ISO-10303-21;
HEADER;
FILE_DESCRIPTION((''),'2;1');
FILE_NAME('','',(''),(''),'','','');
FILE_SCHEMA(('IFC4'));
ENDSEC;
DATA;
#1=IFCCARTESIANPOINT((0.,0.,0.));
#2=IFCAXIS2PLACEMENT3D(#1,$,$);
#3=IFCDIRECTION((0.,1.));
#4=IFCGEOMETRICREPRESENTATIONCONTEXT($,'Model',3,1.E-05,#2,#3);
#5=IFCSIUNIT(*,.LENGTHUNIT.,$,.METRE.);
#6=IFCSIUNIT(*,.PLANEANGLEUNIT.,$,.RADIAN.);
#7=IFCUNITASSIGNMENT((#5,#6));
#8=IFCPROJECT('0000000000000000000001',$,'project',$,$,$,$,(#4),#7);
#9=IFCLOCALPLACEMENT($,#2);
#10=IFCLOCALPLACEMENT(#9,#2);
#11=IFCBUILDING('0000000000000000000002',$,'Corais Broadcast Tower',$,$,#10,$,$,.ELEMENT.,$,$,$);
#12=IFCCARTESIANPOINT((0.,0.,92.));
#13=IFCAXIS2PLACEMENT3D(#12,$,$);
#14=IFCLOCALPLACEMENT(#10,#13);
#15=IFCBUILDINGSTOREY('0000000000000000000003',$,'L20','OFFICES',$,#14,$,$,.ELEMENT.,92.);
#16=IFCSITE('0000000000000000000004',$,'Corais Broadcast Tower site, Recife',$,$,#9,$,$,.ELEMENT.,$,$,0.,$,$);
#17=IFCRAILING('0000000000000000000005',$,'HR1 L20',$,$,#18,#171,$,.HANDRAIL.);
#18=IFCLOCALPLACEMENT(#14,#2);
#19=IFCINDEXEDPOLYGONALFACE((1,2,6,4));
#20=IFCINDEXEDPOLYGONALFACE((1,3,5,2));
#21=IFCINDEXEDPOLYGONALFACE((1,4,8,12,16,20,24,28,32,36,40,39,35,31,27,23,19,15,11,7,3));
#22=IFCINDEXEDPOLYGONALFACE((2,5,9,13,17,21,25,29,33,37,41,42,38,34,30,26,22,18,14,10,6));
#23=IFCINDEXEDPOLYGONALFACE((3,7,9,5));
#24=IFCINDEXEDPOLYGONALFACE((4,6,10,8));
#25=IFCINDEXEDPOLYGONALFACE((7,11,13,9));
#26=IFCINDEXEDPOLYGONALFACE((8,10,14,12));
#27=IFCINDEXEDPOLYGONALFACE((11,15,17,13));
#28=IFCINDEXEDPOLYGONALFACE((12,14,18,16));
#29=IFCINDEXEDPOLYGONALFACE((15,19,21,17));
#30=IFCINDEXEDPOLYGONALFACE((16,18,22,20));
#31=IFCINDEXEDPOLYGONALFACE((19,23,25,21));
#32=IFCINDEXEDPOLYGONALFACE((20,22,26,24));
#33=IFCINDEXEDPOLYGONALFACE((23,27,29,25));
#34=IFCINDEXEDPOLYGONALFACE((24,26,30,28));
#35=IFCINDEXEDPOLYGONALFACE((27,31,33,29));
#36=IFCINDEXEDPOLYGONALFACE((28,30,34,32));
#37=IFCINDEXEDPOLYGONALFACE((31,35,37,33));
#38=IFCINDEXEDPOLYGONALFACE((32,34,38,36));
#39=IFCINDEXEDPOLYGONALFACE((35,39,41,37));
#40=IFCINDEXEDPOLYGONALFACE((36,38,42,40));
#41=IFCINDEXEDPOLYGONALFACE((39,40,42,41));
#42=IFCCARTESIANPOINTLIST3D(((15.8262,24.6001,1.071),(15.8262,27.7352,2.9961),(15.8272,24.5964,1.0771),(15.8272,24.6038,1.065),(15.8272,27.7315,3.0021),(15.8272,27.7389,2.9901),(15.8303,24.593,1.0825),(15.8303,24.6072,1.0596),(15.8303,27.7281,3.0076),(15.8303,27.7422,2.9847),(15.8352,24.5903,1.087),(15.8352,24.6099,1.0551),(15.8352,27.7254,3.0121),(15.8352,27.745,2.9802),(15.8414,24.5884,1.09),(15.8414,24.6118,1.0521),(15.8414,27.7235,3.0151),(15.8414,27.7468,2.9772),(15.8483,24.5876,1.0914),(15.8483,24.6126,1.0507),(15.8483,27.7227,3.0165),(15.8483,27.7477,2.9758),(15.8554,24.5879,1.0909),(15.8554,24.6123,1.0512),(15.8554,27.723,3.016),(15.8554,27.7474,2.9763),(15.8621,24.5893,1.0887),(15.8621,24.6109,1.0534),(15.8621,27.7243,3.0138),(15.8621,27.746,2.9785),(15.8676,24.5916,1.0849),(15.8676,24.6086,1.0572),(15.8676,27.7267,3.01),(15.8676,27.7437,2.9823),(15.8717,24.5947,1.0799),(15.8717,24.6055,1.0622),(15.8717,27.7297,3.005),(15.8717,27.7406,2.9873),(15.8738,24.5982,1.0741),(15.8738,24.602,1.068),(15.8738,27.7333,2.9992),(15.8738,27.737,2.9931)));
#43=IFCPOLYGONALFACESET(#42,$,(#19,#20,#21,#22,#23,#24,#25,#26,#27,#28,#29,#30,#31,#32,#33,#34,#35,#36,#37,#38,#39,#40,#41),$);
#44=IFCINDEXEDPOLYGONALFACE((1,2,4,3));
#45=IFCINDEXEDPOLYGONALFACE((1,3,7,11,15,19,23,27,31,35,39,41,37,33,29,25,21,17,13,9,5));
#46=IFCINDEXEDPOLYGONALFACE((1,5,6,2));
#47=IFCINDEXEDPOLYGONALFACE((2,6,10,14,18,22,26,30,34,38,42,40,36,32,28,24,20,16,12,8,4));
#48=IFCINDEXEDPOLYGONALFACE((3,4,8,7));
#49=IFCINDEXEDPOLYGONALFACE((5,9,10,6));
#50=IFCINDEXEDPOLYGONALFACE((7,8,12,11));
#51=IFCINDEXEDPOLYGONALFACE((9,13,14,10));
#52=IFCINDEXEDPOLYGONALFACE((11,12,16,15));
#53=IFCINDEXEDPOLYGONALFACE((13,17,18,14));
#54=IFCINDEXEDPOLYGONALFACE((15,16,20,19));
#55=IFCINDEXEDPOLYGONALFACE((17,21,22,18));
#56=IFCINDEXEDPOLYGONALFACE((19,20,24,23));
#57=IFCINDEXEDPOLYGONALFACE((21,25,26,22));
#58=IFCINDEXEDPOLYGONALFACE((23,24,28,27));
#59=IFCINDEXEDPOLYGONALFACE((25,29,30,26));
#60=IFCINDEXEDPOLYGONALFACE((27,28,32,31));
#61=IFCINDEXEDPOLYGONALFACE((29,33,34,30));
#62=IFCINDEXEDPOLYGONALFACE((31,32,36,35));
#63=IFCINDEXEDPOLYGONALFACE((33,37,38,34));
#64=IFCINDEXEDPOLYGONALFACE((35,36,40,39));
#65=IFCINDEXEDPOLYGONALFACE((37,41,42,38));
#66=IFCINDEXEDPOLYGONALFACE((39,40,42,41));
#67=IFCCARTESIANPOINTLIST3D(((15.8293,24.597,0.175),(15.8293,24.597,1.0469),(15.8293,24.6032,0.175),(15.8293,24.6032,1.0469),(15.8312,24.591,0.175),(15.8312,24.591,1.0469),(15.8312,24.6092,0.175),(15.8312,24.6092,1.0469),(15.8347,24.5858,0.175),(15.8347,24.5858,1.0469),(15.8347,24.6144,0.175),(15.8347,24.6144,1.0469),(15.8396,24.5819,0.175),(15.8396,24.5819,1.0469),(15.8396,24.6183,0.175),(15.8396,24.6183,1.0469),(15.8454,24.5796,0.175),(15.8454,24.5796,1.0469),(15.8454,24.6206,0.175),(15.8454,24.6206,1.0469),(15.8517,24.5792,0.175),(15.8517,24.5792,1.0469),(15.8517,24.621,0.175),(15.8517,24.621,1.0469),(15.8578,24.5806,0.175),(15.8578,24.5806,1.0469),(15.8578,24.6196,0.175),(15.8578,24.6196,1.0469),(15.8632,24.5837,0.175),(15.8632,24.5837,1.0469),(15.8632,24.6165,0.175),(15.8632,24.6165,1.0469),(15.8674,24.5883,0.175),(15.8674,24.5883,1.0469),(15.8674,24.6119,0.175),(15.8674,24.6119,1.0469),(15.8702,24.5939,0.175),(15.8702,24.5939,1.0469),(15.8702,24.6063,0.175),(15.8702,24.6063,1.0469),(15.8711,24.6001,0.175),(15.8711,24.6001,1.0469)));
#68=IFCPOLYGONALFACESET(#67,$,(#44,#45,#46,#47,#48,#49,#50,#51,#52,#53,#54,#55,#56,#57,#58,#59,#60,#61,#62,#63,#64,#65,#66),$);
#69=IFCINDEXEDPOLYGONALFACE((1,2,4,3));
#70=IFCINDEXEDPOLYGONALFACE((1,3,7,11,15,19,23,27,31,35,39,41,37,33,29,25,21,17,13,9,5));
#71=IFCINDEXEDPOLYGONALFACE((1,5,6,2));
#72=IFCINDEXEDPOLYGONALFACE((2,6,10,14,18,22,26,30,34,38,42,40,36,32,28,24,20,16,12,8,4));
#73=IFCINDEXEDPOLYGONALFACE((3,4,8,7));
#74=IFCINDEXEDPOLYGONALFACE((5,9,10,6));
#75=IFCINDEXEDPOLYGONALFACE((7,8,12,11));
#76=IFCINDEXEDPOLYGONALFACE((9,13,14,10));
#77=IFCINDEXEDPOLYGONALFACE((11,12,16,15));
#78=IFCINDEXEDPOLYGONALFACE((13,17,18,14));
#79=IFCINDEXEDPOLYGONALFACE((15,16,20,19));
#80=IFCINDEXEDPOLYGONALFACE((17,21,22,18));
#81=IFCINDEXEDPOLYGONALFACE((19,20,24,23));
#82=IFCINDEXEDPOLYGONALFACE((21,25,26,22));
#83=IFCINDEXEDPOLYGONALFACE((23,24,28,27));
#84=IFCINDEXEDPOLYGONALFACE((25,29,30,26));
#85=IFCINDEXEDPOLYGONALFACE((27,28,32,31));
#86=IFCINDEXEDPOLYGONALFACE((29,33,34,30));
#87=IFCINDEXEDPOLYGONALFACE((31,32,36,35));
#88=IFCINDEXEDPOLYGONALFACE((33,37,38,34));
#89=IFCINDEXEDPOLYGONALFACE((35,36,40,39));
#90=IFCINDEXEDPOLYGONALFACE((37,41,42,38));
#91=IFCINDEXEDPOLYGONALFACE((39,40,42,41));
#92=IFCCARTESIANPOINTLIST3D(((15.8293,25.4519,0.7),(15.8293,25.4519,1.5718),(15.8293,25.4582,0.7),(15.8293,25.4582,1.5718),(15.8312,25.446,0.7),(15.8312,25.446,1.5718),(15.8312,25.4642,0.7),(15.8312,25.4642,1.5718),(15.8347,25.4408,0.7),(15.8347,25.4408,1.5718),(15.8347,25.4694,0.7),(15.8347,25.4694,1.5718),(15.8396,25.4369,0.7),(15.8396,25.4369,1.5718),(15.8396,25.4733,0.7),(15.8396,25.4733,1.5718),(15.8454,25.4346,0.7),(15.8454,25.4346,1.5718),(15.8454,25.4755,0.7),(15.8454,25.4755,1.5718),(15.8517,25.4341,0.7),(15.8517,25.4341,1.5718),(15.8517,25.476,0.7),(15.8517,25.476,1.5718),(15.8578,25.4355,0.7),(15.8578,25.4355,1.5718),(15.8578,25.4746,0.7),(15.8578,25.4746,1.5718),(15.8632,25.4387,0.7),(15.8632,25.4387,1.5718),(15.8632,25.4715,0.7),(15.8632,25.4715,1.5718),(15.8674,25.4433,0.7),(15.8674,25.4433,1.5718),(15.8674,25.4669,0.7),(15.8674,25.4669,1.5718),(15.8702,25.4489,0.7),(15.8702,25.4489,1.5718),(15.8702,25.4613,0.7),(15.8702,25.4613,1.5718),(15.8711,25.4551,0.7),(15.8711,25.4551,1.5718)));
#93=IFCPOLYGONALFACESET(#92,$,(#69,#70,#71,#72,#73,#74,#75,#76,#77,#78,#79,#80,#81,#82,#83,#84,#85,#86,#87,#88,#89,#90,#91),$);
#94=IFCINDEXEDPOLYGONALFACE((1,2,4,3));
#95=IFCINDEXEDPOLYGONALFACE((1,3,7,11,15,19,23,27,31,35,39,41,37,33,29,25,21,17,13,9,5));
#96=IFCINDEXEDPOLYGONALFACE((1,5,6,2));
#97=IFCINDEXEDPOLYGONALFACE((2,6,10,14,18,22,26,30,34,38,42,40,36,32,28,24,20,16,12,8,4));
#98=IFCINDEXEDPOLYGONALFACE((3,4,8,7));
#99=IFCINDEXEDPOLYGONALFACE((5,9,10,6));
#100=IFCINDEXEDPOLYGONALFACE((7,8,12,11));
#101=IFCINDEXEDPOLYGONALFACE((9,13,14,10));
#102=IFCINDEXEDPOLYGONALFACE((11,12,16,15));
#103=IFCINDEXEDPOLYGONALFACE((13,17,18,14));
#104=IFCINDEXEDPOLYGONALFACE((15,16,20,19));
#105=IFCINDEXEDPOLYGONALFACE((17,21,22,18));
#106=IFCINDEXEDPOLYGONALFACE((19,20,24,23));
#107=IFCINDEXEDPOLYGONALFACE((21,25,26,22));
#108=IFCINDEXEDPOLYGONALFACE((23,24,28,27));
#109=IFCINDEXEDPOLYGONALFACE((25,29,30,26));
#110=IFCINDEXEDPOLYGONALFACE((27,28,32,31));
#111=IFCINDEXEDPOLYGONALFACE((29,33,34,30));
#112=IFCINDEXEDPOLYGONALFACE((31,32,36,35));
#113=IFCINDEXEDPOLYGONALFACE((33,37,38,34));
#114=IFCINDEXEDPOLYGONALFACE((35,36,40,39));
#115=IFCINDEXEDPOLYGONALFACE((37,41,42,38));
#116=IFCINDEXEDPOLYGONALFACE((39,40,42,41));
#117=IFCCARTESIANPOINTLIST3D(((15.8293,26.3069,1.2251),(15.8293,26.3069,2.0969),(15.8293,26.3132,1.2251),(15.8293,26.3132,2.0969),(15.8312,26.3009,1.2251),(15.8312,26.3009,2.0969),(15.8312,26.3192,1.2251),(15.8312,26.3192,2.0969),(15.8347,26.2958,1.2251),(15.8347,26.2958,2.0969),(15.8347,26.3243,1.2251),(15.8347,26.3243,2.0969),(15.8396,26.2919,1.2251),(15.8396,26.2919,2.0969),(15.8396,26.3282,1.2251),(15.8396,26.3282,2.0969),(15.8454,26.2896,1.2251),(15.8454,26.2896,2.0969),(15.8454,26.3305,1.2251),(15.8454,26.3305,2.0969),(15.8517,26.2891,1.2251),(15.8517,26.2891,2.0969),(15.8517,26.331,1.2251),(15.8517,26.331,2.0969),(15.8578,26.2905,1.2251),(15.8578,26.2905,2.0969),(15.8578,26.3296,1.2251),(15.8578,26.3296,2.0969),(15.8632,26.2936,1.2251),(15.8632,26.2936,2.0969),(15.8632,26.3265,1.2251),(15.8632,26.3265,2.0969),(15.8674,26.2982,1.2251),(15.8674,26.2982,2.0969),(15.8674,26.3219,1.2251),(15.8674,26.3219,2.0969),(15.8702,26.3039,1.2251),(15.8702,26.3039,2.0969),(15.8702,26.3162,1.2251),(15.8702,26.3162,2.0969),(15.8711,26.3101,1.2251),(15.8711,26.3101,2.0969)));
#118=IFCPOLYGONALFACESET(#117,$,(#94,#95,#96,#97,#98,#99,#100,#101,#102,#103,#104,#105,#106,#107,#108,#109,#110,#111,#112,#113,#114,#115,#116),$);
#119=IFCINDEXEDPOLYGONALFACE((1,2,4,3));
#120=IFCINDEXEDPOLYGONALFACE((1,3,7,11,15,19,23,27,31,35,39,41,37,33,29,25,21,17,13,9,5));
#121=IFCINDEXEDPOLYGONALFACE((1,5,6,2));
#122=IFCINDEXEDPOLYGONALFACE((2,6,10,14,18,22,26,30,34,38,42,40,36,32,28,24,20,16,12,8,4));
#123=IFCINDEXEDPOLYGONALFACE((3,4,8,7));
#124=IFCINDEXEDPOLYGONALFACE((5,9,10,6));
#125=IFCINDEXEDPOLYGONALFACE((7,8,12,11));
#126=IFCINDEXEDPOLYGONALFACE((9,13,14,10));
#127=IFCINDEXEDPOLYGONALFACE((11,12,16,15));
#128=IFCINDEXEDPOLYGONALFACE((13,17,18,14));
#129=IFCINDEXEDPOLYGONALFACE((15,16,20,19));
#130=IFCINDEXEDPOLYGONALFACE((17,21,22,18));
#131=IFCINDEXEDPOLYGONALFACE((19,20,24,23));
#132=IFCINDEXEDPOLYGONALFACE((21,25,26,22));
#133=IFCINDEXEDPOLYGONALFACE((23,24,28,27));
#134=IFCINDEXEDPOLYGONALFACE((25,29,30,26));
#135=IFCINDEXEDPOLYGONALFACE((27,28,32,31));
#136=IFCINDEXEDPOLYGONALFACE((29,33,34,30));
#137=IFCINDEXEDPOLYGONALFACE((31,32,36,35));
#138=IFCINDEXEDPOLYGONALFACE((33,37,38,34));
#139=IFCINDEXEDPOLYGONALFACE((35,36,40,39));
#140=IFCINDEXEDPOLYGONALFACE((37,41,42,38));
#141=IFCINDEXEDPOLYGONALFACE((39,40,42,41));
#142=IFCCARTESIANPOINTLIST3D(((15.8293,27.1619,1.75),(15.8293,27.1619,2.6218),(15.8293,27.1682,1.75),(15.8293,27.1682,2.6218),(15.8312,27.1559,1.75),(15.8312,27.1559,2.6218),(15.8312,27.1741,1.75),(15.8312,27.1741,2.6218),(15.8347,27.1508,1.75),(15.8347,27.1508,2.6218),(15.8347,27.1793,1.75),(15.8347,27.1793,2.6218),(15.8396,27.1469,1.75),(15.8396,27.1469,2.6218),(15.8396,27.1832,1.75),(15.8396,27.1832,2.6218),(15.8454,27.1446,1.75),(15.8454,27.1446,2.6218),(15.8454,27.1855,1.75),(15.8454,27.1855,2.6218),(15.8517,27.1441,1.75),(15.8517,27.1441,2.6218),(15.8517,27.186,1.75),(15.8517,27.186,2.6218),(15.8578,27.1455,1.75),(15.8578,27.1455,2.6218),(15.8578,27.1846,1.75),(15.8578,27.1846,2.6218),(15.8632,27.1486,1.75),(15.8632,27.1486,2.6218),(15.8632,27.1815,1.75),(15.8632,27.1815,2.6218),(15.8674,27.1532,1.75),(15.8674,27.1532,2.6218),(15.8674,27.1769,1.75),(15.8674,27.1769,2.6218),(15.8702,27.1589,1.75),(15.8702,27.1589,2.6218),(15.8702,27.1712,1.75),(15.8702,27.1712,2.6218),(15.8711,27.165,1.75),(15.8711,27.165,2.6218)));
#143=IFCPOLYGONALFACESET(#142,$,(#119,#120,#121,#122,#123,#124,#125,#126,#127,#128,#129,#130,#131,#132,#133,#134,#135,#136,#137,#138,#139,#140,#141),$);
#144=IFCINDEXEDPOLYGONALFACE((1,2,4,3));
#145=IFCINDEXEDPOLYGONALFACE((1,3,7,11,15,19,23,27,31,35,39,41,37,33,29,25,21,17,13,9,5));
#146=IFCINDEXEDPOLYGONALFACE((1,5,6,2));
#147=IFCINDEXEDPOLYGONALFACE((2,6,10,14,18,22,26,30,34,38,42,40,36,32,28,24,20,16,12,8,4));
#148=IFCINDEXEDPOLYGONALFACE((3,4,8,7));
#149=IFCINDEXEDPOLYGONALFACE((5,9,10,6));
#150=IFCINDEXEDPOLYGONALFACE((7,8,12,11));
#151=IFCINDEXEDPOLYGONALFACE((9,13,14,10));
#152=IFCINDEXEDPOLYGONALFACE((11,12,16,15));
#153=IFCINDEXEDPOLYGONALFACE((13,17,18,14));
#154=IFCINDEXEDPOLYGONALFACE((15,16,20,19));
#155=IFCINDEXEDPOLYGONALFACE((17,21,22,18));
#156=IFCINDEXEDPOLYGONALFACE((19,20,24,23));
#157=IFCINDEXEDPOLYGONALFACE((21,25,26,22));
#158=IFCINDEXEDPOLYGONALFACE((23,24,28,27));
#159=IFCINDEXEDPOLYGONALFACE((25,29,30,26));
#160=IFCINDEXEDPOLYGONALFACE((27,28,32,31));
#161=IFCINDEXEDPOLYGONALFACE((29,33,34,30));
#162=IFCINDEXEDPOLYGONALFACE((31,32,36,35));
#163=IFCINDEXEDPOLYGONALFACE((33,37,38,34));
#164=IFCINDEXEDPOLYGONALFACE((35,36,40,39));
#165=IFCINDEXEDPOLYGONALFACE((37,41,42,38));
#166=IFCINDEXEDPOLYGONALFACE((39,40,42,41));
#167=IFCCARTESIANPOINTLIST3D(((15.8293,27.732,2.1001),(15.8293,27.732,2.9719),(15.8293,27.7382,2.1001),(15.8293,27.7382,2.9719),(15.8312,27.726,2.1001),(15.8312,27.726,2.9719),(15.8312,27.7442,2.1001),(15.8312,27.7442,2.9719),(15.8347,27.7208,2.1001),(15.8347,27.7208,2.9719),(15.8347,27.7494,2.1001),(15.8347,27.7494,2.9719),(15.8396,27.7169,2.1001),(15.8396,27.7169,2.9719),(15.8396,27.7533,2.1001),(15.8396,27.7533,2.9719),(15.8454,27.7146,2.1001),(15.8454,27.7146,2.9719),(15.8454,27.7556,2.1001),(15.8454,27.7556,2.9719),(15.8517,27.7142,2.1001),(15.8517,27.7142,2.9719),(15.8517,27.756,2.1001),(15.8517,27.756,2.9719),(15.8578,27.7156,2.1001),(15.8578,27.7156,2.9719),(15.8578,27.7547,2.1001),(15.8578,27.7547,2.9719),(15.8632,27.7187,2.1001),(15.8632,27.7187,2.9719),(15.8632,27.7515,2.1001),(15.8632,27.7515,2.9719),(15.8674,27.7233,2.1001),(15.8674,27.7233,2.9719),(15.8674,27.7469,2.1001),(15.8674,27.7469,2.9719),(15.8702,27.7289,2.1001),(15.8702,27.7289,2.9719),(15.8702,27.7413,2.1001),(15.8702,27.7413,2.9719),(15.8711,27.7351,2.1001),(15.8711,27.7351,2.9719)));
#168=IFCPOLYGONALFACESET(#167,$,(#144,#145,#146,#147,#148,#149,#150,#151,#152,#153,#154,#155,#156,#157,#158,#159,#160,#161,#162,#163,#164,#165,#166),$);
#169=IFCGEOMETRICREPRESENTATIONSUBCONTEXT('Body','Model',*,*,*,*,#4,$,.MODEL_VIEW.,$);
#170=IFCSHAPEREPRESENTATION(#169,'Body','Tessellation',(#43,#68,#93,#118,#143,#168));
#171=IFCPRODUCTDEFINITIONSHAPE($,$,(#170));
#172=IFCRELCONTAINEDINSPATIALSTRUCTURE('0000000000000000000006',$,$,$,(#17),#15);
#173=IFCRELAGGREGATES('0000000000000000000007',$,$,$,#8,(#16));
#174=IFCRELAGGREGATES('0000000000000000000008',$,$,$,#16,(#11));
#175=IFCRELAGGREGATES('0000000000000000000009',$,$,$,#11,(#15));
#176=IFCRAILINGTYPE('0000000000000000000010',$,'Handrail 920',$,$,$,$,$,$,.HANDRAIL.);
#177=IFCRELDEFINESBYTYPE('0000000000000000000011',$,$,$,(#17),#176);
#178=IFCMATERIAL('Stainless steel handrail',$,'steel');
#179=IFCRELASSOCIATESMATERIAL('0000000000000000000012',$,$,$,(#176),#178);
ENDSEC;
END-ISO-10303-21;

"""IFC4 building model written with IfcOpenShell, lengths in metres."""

from ifc_helpers import new_model, si_unit, direction, frame, origin, origin_2d, place, context, subcontext, project, spatial, circle, extrude, material, type_object, element, save


model = new_model("IFC4")

# Units and contexts
model_context = context("Model", 3, precision=1e-05, world=origin(), true_north=direction((0.0, 1.0)))
body_context = subcontext(model_context, "Body", "Model", "MODEL_VIEW")
ifc_project = project(units=[si_unit("LENGTHUNIT", "METRE"), si_unit("PLANEANGLEUNIT", "RADIAN")], contexts=[model_context])

# Site, building, storey
site_placement = place(None, origin())
site = spatial("IfcSite", under=ifc_project, at=site_placement, Name="Corais Broadcast Tower site, Recife", CompositionType="ELEMENT", RefElevation=0.0)
building_placement = place(site_placement, origin())
building = spatial("IfcBuilding", under=site, at=building_placement, Name="Corais Broadcast Tower", CompositionType="ELEMENT")
storey_placement = place(building_placement, frame((0.0, 0.0, 92.0)))
storey = spatial("IfcBuildingStorey", under=building, at=storey_placement, Name="L20", Description="OFFICES", CompositionType="ELEMENT", Elevation=92.0)

# Railing
ifc_material_1 = material(Name="Stainless steel handrail", Category="steel")
railing_type = type_object("IfcRailingType", Name="Handrail 920", PredefinedType="HANDRAIL", material=ifc_material_1)
for number, where, name in (
    (1, (15.8501, 24.6001, 0.175), "HR1 L20"),
):
    element("IfcRailing", number, at=place(storey_placement, frame(where)), inside=storey, type_object=railing_type, Name=name, PredefinedType="HANDRAIL", context=body_context, shape_type="SweptSolid", body=[
        extrude(circle(Radius=0.0239, at=origin_2d()), frame((0.0, 0.0, 0.896), z_axis=(0.0, 0.852166, 0.523271), x_axis=(-1.0, 0.0, 0.0)), (0.0, 0.0, 1.0), 3.679),
        extrude(circle(Radius=0.021, at=origin_2d()), origin(), (0.0, 0.0, 1.0), 0.8718),
        extrude(circle(Radius=0.021, at=origin_2d()), frame((0.0, 0.855, 0.5249)), (0.0, 0.0, 1.0), 0.8718),
        extrude(circle(Radius=0.021, at=origin_2d()), frame((0.0, 1.71, 1.05)), (0.0, 0.0, 1.0), 0.8718),
        extrude(circle(Radius=0.021, at=origin_2d()), frame((0.0, 2.5649, 1.575)), (0.0, 0.0, 1.0), 0.8718),
        extrude(circle(Radius=0.021, at=origin_2d()), frame((0.0, 3.135, 1.925)), (0.0, 0.0, 1.0), 0.8718),
    ])

save(model, "model.ifc")
